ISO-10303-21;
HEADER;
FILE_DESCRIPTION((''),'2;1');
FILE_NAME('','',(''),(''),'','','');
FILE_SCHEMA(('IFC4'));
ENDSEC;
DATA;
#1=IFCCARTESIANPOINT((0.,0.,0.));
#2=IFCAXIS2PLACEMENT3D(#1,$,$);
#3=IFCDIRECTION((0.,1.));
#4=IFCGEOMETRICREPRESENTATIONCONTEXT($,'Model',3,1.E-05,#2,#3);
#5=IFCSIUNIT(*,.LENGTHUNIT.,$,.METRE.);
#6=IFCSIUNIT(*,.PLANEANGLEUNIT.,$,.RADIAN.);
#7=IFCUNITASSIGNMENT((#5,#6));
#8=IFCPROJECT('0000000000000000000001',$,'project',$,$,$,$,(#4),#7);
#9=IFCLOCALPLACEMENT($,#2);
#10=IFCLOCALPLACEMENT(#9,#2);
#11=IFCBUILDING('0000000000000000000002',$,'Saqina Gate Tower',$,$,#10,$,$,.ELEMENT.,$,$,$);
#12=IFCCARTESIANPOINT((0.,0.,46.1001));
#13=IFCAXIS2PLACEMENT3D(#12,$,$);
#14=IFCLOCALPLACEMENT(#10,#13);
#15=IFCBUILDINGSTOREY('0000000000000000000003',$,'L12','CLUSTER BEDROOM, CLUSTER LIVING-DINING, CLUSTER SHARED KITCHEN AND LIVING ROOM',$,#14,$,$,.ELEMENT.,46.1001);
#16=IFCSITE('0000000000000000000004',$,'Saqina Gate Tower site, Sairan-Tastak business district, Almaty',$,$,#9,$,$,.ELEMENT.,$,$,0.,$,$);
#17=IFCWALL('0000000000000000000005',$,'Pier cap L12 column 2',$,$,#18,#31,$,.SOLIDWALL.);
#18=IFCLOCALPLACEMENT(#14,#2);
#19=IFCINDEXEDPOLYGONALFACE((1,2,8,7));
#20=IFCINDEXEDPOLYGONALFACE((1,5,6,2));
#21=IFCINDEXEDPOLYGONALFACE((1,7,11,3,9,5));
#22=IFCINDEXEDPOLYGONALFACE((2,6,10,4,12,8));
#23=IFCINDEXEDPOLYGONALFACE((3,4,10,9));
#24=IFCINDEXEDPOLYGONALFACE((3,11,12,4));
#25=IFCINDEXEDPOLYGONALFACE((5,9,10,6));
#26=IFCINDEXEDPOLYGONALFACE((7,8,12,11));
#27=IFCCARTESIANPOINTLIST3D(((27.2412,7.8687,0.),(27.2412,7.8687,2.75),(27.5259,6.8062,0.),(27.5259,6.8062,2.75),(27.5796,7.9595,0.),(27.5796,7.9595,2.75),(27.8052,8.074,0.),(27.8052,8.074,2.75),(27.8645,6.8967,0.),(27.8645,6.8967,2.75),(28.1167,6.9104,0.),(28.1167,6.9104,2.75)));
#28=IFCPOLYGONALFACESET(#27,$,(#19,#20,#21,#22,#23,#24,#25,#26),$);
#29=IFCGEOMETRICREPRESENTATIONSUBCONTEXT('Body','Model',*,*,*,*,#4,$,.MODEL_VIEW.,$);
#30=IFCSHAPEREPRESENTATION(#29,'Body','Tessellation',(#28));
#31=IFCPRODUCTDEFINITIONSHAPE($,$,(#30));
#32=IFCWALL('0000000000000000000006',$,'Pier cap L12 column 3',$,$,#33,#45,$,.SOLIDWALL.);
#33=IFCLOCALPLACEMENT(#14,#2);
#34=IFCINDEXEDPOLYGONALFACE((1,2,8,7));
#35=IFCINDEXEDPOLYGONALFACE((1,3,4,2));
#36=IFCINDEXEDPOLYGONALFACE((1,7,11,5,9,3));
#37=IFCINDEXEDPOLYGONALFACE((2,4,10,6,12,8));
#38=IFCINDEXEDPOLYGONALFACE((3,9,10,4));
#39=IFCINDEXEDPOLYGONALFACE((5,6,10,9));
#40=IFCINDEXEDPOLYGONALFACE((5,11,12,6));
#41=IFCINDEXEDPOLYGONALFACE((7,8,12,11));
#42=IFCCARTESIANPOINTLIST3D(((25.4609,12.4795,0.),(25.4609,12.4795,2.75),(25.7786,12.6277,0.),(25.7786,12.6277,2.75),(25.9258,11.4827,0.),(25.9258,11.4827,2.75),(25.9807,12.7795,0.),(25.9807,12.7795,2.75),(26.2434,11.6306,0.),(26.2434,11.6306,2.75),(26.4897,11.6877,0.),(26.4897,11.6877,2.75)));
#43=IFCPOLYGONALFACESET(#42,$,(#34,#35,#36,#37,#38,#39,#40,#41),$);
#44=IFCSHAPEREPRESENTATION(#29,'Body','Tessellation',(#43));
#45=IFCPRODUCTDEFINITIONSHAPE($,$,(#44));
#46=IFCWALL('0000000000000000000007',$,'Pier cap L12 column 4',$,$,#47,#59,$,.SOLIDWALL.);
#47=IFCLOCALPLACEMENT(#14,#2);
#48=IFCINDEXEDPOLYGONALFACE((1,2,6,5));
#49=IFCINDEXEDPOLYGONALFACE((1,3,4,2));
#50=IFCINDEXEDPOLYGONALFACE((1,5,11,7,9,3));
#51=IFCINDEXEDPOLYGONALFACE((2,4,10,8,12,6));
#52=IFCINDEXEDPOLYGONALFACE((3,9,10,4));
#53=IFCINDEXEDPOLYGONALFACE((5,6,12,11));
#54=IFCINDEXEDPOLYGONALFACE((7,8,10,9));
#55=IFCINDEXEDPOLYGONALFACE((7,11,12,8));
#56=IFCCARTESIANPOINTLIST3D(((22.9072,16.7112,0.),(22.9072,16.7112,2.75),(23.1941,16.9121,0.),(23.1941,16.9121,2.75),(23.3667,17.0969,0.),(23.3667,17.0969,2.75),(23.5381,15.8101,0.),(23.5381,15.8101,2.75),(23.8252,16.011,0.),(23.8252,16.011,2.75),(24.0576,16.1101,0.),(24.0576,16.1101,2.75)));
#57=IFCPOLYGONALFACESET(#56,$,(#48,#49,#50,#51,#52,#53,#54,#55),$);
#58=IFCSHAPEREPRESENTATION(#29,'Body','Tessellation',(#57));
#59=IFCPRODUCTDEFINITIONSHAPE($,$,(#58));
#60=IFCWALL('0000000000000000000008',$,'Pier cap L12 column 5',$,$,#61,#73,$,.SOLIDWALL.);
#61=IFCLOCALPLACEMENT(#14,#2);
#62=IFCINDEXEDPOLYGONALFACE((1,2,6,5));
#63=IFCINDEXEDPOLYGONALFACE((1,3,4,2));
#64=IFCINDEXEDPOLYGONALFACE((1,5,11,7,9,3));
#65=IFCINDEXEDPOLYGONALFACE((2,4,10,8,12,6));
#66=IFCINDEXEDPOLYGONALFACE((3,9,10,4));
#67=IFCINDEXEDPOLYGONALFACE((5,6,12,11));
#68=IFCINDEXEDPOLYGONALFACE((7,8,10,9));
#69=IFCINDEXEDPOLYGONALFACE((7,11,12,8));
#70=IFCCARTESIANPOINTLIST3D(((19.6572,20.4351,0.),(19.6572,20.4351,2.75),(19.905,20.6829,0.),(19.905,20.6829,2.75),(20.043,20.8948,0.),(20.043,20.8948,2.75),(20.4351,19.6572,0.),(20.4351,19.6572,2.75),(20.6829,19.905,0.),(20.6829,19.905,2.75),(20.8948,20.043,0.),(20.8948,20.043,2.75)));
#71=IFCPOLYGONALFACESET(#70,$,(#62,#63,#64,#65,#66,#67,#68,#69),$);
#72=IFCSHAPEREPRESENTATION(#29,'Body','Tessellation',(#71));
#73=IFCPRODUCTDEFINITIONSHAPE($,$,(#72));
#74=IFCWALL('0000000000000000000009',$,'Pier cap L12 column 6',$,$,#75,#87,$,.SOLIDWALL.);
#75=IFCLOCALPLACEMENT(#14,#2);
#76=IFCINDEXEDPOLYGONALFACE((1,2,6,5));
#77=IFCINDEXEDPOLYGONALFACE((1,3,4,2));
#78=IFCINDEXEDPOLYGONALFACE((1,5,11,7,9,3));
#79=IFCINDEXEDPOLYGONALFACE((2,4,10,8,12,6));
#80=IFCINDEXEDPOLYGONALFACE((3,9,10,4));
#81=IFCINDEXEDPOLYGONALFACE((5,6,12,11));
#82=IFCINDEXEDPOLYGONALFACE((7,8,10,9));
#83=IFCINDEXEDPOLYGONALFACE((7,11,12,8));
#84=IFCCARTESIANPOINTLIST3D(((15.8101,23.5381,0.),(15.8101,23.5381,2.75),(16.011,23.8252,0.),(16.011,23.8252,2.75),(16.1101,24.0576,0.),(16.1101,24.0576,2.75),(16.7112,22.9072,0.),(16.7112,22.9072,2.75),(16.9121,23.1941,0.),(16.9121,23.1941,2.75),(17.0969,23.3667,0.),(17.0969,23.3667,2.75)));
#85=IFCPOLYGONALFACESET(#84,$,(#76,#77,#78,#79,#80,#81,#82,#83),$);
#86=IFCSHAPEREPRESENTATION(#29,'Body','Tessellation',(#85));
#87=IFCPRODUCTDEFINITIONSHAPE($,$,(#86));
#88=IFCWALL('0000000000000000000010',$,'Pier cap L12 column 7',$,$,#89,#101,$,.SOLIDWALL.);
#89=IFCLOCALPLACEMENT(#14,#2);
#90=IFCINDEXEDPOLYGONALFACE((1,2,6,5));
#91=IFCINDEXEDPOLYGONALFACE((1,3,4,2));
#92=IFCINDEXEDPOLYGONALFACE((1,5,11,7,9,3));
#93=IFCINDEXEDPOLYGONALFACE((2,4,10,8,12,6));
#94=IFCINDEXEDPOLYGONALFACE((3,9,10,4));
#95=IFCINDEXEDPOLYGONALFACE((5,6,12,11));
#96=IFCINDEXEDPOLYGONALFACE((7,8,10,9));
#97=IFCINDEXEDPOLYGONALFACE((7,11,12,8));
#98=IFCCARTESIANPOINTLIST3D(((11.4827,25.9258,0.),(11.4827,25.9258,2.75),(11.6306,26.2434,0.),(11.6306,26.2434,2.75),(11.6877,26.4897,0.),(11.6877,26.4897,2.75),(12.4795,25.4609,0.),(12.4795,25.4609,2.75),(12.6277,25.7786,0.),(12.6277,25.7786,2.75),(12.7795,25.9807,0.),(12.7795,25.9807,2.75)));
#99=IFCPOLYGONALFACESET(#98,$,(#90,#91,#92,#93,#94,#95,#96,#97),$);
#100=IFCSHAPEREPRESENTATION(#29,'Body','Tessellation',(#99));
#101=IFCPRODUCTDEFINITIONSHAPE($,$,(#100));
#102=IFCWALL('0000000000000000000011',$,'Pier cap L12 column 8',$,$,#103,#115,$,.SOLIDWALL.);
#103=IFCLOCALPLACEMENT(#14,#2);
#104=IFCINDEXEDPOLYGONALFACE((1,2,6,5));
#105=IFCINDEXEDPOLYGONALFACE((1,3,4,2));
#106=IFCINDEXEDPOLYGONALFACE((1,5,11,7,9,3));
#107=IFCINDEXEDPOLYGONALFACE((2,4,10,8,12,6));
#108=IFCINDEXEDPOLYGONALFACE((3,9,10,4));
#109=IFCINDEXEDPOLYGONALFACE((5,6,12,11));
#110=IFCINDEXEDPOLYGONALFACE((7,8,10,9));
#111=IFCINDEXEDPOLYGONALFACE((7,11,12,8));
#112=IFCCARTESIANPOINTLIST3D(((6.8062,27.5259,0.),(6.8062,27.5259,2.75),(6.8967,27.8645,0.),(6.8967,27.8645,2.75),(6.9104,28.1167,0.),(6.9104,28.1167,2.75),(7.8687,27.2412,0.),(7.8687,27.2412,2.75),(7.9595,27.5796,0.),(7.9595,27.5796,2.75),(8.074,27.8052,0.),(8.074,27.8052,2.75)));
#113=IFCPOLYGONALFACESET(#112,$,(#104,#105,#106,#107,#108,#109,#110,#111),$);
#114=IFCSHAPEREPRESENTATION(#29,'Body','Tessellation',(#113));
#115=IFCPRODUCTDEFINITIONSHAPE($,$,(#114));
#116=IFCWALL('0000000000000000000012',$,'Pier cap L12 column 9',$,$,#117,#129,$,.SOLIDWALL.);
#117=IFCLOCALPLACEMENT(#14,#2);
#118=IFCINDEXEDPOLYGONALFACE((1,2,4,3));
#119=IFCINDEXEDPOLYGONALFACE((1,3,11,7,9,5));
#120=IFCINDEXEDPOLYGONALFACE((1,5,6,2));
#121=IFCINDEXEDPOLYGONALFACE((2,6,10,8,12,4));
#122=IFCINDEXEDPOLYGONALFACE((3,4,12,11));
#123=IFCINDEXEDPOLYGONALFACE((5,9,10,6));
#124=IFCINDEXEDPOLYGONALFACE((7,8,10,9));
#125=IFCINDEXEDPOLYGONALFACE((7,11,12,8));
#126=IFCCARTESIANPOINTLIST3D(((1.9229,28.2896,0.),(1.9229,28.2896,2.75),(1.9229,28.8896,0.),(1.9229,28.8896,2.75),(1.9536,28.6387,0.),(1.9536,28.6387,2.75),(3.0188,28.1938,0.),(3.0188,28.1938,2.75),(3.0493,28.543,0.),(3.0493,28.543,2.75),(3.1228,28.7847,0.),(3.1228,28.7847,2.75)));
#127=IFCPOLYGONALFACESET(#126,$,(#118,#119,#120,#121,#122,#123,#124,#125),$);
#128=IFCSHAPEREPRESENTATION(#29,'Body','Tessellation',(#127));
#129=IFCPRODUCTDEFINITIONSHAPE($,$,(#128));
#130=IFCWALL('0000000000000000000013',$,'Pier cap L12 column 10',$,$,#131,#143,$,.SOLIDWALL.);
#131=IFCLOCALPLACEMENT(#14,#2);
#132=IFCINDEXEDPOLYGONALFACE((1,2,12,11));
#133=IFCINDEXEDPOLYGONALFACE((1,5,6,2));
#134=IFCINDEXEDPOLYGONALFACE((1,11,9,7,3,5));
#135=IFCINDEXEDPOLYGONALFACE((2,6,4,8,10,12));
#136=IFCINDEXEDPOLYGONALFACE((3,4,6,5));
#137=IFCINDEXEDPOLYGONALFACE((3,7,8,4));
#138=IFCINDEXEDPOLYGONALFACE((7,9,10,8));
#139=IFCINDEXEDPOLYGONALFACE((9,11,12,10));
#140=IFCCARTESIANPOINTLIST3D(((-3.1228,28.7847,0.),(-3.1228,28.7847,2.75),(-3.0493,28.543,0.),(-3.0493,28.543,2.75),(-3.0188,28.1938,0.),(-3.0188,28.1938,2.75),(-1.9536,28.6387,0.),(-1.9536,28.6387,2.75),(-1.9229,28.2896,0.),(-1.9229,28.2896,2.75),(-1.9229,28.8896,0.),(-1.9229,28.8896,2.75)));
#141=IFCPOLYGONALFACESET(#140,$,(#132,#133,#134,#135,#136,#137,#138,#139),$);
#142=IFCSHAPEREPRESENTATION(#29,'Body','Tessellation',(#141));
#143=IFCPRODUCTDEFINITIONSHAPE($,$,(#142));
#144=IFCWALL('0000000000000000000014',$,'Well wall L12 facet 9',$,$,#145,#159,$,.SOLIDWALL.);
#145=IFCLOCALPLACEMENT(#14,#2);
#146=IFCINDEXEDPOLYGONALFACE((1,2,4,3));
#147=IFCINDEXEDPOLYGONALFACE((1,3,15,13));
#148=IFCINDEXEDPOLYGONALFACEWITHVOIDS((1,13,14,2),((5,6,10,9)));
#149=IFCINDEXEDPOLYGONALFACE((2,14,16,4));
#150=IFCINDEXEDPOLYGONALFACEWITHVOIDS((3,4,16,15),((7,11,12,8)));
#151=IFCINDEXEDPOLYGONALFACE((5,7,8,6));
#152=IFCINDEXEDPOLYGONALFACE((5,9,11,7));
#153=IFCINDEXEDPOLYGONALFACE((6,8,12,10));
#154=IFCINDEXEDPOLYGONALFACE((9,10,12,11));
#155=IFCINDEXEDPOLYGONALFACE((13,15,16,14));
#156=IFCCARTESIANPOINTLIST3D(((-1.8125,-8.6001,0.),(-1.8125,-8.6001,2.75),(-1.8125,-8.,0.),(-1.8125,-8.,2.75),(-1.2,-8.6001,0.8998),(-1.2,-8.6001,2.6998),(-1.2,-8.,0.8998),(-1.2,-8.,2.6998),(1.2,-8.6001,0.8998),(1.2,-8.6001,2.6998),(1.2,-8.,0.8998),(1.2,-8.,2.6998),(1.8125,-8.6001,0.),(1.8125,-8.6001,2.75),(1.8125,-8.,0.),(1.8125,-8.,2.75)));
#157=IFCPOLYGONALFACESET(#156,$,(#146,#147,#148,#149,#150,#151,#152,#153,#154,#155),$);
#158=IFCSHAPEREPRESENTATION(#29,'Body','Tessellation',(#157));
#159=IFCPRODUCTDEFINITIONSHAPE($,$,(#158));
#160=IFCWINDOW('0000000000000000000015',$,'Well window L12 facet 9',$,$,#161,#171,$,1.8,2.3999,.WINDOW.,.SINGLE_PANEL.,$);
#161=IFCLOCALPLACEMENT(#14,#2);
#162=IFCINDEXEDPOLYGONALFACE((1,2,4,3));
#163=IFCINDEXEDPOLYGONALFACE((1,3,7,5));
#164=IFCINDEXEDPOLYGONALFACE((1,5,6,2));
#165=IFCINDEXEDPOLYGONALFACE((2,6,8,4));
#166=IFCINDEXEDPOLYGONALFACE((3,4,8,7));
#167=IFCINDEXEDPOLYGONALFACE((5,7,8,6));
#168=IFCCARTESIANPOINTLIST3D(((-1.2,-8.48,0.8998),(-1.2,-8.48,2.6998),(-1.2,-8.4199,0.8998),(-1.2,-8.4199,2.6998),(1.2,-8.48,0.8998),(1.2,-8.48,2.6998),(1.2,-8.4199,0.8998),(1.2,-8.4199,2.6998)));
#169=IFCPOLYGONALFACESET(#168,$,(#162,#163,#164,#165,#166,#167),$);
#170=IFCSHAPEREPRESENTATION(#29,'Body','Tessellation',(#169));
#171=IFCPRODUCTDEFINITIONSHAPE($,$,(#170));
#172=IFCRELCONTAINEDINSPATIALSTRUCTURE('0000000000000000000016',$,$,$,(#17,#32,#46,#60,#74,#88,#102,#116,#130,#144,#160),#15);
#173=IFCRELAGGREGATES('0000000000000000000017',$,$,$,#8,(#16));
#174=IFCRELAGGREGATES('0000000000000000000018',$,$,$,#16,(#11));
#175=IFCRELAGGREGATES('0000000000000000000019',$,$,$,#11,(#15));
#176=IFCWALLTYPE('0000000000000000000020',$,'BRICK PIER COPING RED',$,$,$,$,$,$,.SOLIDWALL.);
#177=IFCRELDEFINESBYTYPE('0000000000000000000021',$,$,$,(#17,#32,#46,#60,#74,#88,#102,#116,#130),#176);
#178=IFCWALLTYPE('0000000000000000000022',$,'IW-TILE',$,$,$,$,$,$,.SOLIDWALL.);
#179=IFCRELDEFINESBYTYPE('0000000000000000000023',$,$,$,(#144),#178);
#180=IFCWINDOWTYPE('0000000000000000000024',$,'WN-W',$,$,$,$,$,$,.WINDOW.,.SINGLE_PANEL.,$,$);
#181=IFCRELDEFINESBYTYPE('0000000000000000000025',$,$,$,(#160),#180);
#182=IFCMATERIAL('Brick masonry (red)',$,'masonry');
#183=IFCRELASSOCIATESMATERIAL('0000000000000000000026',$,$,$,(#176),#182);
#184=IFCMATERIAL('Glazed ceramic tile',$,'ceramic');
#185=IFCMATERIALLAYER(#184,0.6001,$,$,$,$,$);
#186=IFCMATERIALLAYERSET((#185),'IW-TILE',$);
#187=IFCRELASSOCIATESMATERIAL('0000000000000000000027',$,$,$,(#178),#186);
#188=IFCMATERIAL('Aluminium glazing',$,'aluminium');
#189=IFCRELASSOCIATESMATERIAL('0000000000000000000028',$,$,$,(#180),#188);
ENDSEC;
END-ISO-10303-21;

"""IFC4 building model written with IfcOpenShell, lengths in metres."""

from ifc_helpers import new_model, si_unit, direction, frame, frame_2d, origin, place, context, subcontext, project, spatial, polyline, rectangle, outline, extrude, material, layer, layer_set, type_object, element, fill, save


model = new_model("IFC4")

# Units and contexts
model_context = context("Model", 3, precision=1e-05, world=origin(), true_north=direction((0.0, 1.0)))
body_context = subcontext(model_context, "Body", "Model", "MODEL_VIEW")
ifc_project = project(units=[si_unit("LENGTHUNIT", "METRE"), si_unit("PLANEANGLEUNIT", "RADIAN")], contexts=[model_context])

# Site, building, storey
site_placement = place(None, origin())
site = spatial("IfcSite", under=ifc_project, at=site_placement, Name="Saqina Gate Tower site, Sairan-Tastak business district, Almaty", CompositionType="ELEMENT", RefElevation=0.0)
building_placement = place(site_placement, origin())
building = spatial("IfcBuilding", under=site, at=building_placement, Name="Saqina Gate Tower", CompositionType="ELEMENT")
storey_placement = place(building_placement, frame((0.0, 0.0, 46.1001)))
storey = spatial("IfcBuildingStorey", under=building, at=storey_placement, Name="L12", Description="CLUSTER BEDROOM, CLUSTER LIVING-DINING, CLUSTER SHARED KITCHEN AND LIVING ROOM", CompositionType="ELEMENT", Elevation=46.1001)

# Walls
ifc_material_1 = material(Name="Brick masonry (red)", Category="masonry")
wall_type_1 = type_object("IfcWallType", Name="BRICK PIER COPING RED", PredefinedType="SOLIDWALL", material=ifc_material_1)
wall_1_placement = place(storey_placement, origin())
element("IfcWall", 1, at=wall_1_placement, inside=storey, type_object=wall_type_1, Name="Pier cap L12 column 2", PredefinedType="SOLIDWALL", context=body_context, shape_type="SweptSolid", body=[
    extrude(outline(polyline([(28.1167, 6.9104), (27.8052, 8.074), (27.2412, 7.8687), (27.5796, 7.9595), (27.8645, 6.8967), (27.5259, 6.8062), (28.1167, 6.9104)])), origin(), (0.0, 0.0, 1.0), 2.75),
])
wall_2_placement = place(storey_placement, origin())
element("IfcWall", 2, at=wall_2_placement, inside=storey, type_object=wall_type_1, Name="Pier cap L12 column 3", PredefinedType="SOLIDWALL", context=body_context, shape_type="SweptSolid", body=[
    extrude(outline(polyline([(25.9807, 12.7795), (25.4609, 12.4795), (25.7786, 12.6277), (26.2434, 11.6306), (25.9258, 11.4827), (26.4897, 11.6877), (25.9807, 12.7795)])), origin(), (0.0, 0.0, 1.0), 2.75),
])
wall_3_placement = place(storey_placement, origin())
element("IfcWall", 3, at=wall_3_placement, inside=storey, type_object=wall_type_1, Name="Pier cap L12 column 4", PredefinedType="SOLIDWALL", context=body_context, shape_type="SweptSolid", body=[
    extrude(outline(polyline([(24.0576, 16.1101), (23.3667, 17.0969), (22.9072, 16.7112), (23.1941, 16.9121), (23.8252, 16.011), (23.5381, 15.8101), (24.0576, 16.1101)])), origin(), (0.0, 0.0, 1.0), 2.75),
])
wall_4_placement = place(storey_placement, origin())
element("IfcWall", 4, at=wall_4_placement, inside=storey, type_object=wall_type_1, Name="Pier cap L12 column 5", PredefinedType="SOLIDWALL", context=body_context, shape_type="SweptSolid", body=[
    extrude(outline(polyline([(20.043, 20.8948), (19.6572, 20.4351), (19.905, 20.6829), (20.6829, 19.905), (20.4351, 19.6572), (20.8948, 20.043), (20.043, 20.8948)])), origin(), (0.0, 0.0, 1.0), 2.75),
])
wall_5_placement = place(storey_placement, origin())
element("IfcWall", 5, at=wall_5_placement, inside=storey, type_object=wall_type_1, Name="Pier cap L12 column 6", PredefinedType="SOLIDWALL", context=body_context, shape_type="SweptSolid", body=[
    extrude(outline(polyline([(17.0969, 23.3667), (16.1101, 24.0576), (15.8101, 23.5381), (16.011, 23.8252), (16.9121, 23.1941), (16.7112, 22.9072), (17.0969, 23.3667)])), origin(), (0.0, 0.0, 1.0), 2.75),
])
wall_6_placement = place(storey_placement, origin())
element("IfcWall", 6, at=wall_6_placement, inside=storey, type_object=wall_type_1, Name="Pier cap L12 column 7", PredefinedType="SOLIDWALL", context=body_context, shape_type="SweptSolid", body=[
    extrude(outline(polyline([(11.6877, 26.4897), (11.4827, 25.9258), (11.6306, 26.2434), (12.6277, 25.7786), (12.4795, 25.4609), (12.7795, 25.9807), (11.6877, 26.4897)])), origin(), (0.0, 0.0, 1.0), 2.75),
])
wall_7_placement = place(storey_placement, origin())
element("IfcWall", 7, at=wall_7_placement, inside=storey, type_object=wall_type_1, Name="Pier cap L12 column 8", PredefinedType="SOLIDWALL", context=body_context, shape_type="SweptSolid", body=[
    extrude(outline(polyline([(6.9104, 28.1167), (6.8062, 27.5259), (6.8967, 27.8645), (7.9595, 27.5796), (7.8687, 27.2412), (8.074, 27.8052), (6.9104, 28.1167)])), origin(), (0.0, 0.0, 1.0), 2.75),
])
wall_8_placement = place(storey_placement, origin())
element("IfcWall", 8, at=wall_8_placement, inside=storey, type_object=wall_type_1, Name="Pier cap L12 column 9", PredefinedType="SOLIDWALL", context=body_context, shape_type="SweptSolid", body=[
    extrude(outline(polyline([(3.1228, 28.7847), (1.9229, 28.8896), (1.9229, 28.2896), (1.9536, 28.6387), (3.0493, 28.543), (3.0188, 28.1938), (3.1228, 28.7847)])), origin(), (0.0, 0.0, 1.0), 2.75),
])
wall_9_placement = place(storey_placement, origin())
element("IfcWall", 9, at=wall_9_placement, inside=storey, type_object=wall_type_1, Name="Pier cap L12 column 10", PredefinedType="SOLIDWALL", context=body_context, shape_type="SweptSolid", body=[
    extrude(outline(polyline([(-1.9229, 28.8896), (-3.1228, 28.7847), (-3.0188, 28.1938), (-3.0493, 28.543), (-1.9536, 28.6387), (-1.9229, 28.2896), (-1.9229, 28.8896)])), origin(), (0.0, 0.0, 1.0), 2.75),
])

# Wall, opening, window
ifc_material_2 = material(Name="Glazed ceramic tile", Category="ceramic")
ifc_layer_1 = layer(ifc_material_2, 0.6001)
ifc_layer_set_1 = layer_set([ifc_layer_1], Name="IW-TILE")
wall_type_2 = type_object("IfcWallType", Name="IW-TILE", PredefinedType="SOLIDWALL", material=ifc_layer_set_1)
wall_10_placement = place(storey_placement, frame((-1.8125, -8.3, 0.0), z_axis=(0.0, 0.0, 1.0), x_axis=(1.0, 0.0, 0.0)))
wall_10 = element("IfcWall", 10, at=wall_10_placement, inside=storey, type_object=wall_type_2, Name="Well wall L12 facet 9", PredefinedType="SOLIDWALL", context=body_context, shape_type="SweptSolid", body=[
    extrude(rectangle(XDim=3.625, YDim=0.6001, at=frame_2d((1.8125, 0.0))), origin(), (0.0, 0.0, 1.0), 2.75),
])
opening_placement = place(wall_10_placement, frame((0.6125, 0.0, 0.8999)))
opening = element("IfcOpeningElement", 11, at=opening_placement, cuts=wall_10, PredefinedType="OPENING", context=body_context, shape_type="SweptSolid", body=[
    extrude(rectangle(XDim=2.3999, YDim=1.8, at=frame_2d((1.2, 0.8999))), frame((0.0, 0.312, 0.0), z_axis=(0.0, -1.0, 0.0), x_axis=(1.0, 0.0, 0.0)), (0.0, 0.0, 1.0), 0.624),
])
ifc_material_3 = material(Name="Aluminium glazing", Category="aluminium")
window_type = type_object("IfcWindowType", Name="WN-W", PartitioningType="SINGLE_PANEL", PredefinedType="WINDOW", material=ifc_material_3)
window_placement = place(opening_placement, origin())
window = element("IfcWindow", 12, at=window_placement, inside=storey, type_object=window_type, Name="Well window L12 facet 9", OverallHeight=1.8, OverallWidth=2.3999, PartitioningType="SINGLE_PANEL", PredefinedType="WINDOW", context=body_context, shape_type="SweptSolid", body=[
    extrude(rectangle(XDim=2.3999, YDim=1.8, at=frame_2d((1.2, 0.8999))), frame((0.0, -0.1199, 0.0), z_axis=(0.0, -1.0, 0.0), x_axis=(1.0, 0.0, 0.0)), (0.0, 0.0, 1.0), 0.0601),
])
fill(opening, window)

save(model, "model.ifc")
